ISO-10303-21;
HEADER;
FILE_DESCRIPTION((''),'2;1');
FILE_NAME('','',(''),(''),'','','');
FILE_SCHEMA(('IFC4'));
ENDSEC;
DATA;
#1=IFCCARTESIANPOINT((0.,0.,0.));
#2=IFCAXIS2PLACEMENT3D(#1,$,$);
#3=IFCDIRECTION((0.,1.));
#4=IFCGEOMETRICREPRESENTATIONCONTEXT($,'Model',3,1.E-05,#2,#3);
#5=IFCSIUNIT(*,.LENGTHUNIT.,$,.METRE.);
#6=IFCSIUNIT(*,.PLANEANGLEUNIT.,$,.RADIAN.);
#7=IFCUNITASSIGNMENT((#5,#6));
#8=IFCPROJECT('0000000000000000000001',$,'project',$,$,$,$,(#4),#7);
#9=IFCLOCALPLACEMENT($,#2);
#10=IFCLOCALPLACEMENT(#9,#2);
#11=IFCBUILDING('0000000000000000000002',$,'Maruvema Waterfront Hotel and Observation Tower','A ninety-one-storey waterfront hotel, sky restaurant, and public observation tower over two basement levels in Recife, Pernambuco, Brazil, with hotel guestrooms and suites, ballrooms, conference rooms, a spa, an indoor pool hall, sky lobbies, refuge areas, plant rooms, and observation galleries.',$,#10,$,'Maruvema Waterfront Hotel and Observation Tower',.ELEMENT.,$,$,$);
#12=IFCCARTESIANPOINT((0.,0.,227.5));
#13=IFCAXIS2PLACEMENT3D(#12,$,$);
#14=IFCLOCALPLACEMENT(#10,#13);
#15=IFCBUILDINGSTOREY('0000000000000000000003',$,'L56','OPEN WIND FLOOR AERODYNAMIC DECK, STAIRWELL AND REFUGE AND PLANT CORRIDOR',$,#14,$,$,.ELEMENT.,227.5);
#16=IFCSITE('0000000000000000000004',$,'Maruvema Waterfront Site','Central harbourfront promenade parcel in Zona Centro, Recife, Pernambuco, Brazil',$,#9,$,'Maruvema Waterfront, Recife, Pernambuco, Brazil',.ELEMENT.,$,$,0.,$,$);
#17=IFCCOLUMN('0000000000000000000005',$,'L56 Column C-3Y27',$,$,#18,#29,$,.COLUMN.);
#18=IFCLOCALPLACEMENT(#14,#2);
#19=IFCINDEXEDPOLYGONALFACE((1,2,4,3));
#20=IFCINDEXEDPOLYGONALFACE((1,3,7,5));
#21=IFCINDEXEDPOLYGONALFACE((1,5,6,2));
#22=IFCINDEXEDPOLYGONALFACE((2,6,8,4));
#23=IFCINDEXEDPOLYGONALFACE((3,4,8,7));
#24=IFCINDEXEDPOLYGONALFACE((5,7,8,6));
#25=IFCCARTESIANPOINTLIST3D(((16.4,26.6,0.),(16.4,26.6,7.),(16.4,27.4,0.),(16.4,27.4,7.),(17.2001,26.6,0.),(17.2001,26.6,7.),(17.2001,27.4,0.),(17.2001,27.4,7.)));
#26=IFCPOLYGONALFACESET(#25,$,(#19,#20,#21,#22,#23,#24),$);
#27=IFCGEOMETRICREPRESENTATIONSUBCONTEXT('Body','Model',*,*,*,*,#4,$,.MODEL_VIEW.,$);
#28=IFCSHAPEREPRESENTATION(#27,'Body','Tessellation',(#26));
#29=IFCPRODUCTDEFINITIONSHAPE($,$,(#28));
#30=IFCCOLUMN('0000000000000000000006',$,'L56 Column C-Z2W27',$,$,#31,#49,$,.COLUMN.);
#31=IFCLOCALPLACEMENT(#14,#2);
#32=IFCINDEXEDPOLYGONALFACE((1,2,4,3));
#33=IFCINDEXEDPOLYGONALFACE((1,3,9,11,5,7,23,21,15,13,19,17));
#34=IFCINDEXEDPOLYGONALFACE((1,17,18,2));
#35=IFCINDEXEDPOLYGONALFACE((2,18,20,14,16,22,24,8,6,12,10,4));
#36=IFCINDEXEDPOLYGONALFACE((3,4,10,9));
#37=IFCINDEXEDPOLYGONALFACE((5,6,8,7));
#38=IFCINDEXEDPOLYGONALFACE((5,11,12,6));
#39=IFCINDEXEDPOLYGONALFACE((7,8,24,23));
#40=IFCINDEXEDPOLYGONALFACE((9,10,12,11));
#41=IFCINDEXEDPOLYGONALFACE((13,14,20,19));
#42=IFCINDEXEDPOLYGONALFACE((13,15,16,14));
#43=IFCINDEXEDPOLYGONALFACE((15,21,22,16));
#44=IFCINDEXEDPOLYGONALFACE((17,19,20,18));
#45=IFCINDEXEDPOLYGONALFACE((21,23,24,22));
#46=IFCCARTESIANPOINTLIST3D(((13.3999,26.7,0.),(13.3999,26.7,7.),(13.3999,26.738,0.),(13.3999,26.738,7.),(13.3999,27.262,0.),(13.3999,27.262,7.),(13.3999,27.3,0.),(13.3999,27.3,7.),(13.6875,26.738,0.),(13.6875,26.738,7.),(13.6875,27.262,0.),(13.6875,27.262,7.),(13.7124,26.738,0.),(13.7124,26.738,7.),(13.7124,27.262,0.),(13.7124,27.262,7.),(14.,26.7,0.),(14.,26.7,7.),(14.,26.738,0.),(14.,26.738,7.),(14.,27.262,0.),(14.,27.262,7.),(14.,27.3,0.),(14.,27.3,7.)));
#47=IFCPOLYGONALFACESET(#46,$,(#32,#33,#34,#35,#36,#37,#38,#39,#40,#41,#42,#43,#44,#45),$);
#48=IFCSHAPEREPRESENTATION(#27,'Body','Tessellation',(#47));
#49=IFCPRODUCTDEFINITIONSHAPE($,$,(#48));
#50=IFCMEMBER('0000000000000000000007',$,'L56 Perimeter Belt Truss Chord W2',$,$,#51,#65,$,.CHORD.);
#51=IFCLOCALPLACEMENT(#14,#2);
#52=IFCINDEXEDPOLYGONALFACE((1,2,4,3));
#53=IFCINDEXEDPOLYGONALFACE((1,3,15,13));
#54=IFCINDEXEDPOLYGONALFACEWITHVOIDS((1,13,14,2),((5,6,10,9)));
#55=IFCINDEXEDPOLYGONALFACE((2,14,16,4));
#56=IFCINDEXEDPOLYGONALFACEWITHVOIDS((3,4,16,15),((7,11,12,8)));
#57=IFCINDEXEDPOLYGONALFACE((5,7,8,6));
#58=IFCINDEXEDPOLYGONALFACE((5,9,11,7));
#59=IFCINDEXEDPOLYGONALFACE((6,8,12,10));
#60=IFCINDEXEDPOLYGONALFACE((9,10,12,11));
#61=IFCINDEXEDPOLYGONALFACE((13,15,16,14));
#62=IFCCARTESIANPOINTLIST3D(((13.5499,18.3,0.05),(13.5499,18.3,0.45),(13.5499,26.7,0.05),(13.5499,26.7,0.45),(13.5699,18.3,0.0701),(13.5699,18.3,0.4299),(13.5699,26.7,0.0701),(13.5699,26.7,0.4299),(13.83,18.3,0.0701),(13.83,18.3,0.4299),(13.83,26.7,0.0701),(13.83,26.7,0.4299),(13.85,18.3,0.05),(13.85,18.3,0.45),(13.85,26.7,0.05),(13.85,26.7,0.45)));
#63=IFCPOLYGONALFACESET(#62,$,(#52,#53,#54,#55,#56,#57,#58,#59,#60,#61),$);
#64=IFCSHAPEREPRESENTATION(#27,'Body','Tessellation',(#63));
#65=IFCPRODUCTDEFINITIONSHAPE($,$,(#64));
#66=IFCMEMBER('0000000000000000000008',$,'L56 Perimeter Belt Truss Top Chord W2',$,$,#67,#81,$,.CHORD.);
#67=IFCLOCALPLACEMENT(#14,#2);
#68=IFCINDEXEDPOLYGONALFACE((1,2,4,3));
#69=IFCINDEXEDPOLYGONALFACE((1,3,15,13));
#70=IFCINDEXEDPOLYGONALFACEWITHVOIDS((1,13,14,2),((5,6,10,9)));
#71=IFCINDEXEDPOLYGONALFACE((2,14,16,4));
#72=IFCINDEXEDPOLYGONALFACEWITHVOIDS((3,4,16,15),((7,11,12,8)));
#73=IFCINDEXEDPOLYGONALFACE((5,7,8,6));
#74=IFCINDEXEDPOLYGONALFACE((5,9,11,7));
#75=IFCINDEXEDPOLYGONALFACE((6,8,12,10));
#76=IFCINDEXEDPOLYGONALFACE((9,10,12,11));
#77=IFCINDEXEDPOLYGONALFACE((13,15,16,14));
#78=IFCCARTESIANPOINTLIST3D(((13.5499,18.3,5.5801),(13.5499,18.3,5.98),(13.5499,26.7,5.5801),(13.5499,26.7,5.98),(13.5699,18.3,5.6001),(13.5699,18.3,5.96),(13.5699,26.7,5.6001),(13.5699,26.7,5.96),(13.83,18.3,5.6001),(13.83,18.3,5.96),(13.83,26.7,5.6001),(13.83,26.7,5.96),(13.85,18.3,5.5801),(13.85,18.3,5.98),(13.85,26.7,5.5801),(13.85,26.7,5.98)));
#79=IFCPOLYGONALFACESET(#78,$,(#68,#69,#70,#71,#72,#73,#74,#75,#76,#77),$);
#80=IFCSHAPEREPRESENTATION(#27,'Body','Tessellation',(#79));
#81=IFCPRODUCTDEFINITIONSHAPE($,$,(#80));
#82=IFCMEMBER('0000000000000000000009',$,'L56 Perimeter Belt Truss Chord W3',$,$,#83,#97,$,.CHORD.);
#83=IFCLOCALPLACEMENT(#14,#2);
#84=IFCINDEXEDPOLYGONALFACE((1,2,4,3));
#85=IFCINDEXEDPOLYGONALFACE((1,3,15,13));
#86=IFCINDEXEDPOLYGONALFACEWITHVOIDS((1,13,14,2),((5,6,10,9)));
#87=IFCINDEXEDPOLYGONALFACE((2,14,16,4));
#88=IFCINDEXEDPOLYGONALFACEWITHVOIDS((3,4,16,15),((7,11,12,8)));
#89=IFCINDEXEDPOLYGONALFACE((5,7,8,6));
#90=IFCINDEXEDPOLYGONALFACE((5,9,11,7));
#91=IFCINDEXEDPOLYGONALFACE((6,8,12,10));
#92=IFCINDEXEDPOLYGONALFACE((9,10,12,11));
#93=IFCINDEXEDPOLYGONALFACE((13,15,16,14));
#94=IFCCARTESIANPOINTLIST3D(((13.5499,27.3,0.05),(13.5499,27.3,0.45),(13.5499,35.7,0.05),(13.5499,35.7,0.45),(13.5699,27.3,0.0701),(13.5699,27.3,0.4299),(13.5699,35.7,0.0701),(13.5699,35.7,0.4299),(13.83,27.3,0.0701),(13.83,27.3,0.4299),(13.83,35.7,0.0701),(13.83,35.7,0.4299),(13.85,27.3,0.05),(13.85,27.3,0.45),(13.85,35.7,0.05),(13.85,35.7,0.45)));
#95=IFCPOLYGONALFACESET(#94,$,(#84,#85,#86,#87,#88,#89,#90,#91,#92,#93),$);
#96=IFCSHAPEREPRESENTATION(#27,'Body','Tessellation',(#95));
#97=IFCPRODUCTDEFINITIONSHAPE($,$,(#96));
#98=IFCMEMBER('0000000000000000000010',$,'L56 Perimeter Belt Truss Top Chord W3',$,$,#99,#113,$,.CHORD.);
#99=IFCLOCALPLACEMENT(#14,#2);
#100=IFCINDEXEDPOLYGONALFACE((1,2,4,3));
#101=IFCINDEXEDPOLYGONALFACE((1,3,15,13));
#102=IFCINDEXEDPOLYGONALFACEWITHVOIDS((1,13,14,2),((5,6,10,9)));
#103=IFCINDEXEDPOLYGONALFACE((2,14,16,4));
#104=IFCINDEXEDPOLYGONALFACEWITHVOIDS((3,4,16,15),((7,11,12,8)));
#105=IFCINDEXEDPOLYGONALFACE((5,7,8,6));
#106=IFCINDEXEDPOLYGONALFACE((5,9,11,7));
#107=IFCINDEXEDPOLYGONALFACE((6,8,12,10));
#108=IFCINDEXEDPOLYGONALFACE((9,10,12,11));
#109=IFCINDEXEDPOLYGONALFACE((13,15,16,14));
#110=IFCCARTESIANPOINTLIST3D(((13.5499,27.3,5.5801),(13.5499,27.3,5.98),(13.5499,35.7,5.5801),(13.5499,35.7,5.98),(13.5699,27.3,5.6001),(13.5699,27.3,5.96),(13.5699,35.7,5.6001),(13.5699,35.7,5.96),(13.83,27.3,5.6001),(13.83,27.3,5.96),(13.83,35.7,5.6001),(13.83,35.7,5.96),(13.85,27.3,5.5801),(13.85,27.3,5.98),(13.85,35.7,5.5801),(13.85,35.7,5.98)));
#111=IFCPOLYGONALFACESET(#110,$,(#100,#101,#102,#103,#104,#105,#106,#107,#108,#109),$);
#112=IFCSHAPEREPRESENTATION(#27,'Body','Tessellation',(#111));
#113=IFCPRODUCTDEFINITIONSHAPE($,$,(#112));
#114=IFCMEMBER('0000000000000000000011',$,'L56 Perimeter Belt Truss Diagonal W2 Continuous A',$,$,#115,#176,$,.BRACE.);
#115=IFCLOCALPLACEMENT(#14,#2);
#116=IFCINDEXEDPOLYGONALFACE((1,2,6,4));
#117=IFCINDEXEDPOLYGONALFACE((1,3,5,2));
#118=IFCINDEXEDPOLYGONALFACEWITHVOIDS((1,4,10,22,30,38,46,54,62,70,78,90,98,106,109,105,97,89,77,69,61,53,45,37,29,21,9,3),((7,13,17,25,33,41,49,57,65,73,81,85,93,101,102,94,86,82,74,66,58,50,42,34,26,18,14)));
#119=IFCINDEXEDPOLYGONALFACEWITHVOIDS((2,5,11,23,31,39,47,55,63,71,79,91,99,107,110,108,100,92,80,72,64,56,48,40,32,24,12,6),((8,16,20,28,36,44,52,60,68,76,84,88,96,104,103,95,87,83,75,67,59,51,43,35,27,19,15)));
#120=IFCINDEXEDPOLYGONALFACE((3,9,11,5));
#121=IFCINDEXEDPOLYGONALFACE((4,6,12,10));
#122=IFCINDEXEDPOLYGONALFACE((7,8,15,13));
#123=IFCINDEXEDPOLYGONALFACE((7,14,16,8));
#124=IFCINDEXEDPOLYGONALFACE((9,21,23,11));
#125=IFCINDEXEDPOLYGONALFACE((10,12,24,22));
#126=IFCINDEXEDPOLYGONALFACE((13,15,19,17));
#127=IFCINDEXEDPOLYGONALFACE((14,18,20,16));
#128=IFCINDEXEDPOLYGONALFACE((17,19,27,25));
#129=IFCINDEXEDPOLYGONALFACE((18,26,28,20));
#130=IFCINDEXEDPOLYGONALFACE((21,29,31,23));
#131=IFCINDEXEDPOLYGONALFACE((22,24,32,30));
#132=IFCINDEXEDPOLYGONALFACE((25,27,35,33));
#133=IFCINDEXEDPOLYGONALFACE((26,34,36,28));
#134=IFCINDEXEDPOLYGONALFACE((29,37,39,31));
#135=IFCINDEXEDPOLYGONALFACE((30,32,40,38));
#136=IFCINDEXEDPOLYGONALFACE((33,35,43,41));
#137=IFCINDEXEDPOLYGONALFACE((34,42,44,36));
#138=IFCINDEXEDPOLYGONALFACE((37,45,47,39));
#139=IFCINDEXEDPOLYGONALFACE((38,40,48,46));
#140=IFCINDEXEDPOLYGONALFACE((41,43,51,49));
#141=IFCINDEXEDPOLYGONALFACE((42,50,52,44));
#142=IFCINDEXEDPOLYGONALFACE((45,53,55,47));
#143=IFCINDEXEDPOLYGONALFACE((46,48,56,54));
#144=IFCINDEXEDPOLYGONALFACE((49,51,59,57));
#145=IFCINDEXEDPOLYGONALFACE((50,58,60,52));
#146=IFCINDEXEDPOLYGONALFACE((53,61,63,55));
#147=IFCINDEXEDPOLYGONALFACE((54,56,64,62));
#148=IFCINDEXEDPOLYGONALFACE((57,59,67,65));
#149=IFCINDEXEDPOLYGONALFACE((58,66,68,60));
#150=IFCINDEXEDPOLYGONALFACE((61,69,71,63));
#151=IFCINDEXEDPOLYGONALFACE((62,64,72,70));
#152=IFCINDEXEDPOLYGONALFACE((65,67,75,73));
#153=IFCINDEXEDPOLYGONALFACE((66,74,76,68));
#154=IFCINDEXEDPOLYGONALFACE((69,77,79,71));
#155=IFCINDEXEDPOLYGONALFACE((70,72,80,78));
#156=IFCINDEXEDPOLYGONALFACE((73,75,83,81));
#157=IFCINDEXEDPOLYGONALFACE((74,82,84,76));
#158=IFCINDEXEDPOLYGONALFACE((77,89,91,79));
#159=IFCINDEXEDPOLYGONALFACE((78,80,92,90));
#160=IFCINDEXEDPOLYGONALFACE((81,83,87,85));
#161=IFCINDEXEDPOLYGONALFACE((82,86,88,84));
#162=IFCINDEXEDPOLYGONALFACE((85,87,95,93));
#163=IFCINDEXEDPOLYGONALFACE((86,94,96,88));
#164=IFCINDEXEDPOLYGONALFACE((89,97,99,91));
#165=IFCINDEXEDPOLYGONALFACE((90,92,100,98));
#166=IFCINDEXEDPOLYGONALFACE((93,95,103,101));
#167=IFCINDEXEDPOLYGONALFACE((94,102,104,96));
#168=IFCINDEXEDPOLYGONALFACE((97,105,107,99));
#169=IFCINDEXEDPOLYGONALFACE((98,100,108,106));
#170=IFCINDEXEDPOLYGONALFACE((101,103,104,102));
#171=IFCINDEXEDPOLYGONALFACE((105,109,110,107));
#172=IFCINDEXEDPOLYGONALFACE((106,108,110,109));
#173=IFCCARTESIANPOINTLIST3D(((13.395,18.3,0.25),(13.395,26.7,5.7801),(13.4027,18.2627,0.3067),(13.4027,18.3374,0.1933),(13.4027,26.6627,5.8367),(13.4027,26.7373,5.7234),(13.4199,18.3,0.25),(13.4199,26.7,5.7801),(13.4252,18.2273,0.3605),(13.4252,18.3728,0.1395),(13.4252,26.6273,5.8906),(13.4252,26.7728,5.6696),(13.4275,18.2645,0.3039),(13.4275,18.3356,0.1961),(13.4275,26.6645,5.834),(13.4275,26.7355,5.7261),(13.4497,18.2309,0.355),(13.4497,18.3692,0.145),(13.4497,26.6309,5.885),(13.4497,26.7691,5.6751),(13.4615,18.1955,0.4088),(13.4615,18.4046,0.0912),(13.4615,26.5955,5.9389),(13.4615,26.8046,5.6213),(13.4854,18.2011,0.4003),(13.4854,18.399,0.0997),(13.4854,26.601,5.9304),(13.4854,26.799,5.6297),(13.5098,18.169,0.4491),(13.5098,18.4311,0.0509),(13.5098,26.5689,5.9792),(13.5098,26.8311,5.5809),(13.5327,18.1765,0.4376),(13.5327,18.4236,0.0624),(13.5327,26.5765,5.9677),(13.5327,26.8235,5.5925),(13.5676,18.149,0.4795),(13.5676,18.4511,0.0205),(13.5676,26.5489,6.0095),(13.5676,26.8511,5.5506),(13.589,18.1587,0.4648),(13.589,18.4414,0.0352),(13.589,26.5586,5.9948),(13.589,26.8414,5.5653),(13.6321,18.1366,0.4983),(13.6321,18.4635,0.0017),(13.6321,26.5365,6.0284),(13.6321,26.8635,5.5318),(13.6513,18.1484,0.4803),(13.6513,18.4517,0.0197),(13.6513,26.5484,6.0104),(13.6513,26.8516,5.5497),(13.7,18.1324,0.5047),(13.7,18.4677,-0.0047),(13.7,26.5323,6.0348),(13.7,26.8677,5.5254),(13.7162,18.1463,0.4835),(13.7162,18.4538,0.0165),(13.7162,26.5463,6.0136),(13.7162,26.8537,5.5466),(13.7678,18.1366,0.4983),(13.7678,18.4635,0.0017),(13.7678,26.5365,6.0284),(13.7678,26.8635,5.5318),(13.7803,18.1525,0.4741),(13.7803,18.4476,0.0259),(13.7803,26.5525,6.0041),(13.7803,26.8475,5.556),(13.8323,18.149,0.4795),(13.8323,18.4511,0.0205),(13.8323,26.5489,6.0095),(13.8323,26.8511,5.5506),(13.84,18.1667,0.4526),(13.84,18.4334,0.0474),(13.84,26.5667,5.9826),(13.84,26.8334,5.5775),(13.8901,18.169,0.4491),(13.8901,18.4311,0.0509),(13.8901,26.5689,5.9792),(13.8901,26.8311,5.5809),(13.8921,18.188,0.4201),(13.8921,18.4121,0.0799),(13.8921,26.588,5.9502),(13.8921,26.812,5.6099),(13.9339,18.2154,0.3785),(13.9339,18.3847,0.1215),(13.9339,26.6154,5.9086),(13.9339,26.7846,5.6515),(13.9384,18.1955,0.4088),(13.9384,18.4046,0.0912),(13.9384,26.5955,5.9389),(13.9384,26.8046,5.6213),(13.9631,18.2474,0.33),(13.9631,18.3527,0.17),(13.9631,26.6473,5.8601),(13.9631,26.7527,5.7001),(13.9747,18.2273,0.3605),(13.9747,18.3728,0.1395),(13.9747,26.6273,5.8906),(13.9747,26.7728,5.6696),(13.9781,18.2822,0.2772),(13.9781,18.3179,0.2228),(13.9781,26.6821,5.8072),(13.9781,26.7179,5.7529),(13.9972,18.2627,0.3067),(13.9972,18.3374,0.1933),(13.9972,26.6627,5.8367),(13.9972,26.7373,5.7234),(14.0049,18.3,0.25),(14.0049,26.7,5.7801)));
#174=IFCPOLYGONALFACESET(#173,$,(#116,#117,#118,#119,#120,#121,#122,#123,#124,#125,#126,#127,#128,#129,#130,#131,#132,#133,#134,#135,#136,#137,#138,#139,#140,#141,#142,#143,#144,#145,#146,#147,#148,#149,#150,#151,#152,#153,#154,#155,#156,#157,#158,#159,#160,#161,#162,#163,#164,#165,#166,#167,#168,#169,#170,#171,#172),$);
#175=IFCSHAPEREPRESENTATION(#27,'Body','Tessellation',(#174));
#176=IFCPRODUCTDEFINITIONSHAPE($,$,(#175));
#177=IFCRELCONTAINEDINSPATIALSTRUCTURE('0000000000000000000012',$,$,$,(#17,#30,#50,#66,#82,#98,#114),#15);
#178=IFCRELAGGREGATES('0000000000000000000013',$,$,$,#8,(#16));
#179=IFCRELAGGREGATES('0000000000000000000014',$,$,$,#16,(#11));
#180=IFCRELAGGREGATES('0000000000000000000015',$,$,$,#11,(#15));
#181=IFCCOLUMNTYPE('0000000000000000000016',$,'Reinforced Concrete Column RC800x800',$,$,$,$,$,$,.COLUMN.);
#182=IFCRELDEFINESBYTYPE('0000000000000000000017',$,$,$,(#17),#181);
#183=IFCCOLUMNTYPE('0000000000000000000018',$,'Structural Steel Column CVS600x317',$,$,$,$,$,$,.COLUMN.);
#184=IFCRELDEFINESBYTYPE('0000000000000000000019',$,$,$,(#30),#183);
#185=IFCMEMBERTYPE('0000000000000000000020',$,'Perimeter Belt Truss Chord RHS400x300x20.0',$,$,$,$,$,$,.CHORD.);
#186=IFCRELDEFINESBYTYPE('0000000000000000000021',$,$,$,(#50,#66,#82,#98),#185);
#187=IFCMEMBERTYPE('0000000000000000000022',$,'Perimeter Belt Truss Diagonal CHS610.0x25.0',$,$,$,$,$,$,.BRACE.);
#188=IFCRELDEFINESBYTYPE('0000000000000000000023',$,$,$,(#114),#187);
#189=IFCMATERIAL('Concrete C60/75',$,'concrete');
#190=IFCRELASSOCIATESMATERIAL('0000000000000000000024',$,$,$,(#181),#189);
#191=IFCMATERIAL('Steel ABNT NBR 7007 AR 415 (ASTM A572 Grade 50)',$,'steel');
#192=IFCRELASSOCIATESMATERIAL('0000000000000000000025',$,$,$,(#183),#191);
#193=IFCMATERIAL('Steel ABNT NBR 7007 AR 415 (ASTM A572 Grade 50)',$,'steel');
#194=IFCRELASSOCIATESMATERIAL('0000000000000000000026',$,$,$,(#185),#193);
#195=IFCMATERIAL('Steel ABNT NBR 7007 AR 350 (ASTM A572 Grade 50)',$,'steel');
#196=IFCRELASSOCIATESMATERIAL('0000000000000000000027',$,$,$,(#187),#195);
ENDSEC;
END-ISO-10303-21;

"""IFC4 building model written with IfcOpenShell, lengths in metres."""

from ifc_helpers import new_model, si_unit, direction, frame, origin, origin_2d, place, context, subcontext, project, spatial, rectangle, hollow_rectangle, hollow_circle, i_section, extrude, material, material_profile, profile_set, type_object, element, save


model = new_model("IFC4")

# Units and contexts
model_context = context("Model", 3, precision=1e-05, world=origin(), true_north=direction((0.0, 1.0)))
body_context = subcontext(model_context, "Body", "Model", "MODEL_VIEW")
ifc_project = project(units=[si_unit("LENGTHUNIT", "METRE"), si_unit("PLANEANGLEUNIT", "RADIAN")], contexts=[model_context])

# Site, building, storey
site_placement = place(None, origin())
site = spatial("IfcSite", under=ifc_project, at=site_placement, Name="Maruvema Waterfront Site", Description="Central harbourfront promenade parcel in Zona Centro, Recife, Pernambuco, Brazil", LongName="Maruvema Waterfront, Recife, Pernambuco, Brazil", CompositionType="ELEMENT", RefElevation=0.0)
building_placement = place(site_placement, origin())
building = spatial("IfcBuilding", under=site, at=building_placement, Name="Maruvema Waterfront Hotel and Observation Tower", Description="A ninety-one-storey waterfront hotel, sky restaurant, and public observation tower over two basement levels in Recife, Pernambuco, Brazil, with hotel guestrooms and suites, ballrooms, conference rooms, a spa, an indoor pool hall, sky lobbies, refuge areas, plant rooms, and observation galleries.", LongName="Maruvema Waterfront Hotel and Observation Tower", CompositionType="ELEMENT")
storey_placement = place(building_placement, frame((0.0, 0.0, 227.5)))
storey = spatial("IfcBuildingStorey", under=building, at=storey_placement, Name="L56", Description="OPEN WIND FLOOR AERODYNAMIC DECK, STAIRWELL AND REFUGE AND PLANT CORRIDOR", CompositionType="ELEMENT", Elevation=227.5)

# Columns
ifc_material_1 = material(Name="Concrete C60/75", Category="concrete")
ifc_material_profile_1 = material_profile(ifc_material_1, rectangle(XDim=0.8, YDim=0.8, at=origin_2d()), Name="RC800x800")
ifc_profile_set_1 = profile_set([ifc_material_profile_1], Name="Concrete C60/75")
column_type_1 = type_object("IfcColumnType", Name="Reinforced Concrete Column RC800x800", PredefinedType="COLUMN", material=ifc_profile_set_1)
column_1_placement = place(storey_placement, frame((16.8, 27.0, 0.0), z_axis=(0.0, 0.0, 1.0), x_axis=(1.0, 0.0, 0.0)))
element("IfcColumn", 1, at=column_1_placement, inside=storey, type_object=column_type_1, Name="L56 Column C-3Y27", PredefinedType="COLUMN", context=body_context, shape_type="SweptSolid", body=[
    extrude(rectangle(XDim=0.8, YDim=0.8, at=origin_2d()), origin(), (0.0, 0.0, 1.0), 7.0),
])
ifc_material_2 = material(Name="Steel ABNT NBR 7007 AR 415 (ASTM A572 Grade 50)", Category="steel")
ifc_material_profile_2 = material_profile(ifc_material_2, i_section(OverallWidth=0.6001, OverallDepth=0.6001, WebThickness=0.0249, FlangeThickness=0.0381, at=origin_2d()), Name="CVS600x317")
ifc_profile_set_2 = profile_set([ifc_material_profile_2], Name="Steel ABNT NBR 7007 AR 415 (ASTM A572 Grade 50)")
column_type_2 = type_object("IfcColumnType", Name="Structural Steel Column CVS600x317", PredefinedType="COLUMN", material=ifc_profile_set_2)
column_2_placement = place(storey_placement, frame((13.7, 27.0, 0.0), z_axis=(0.0, 0.0, 1.0), x_axis=(1.0, 0.0, 0.0)))
element("IfcColumn", 2, at=column_2_placement, inside=storey, type_object=column_type_2, Name="L56 Column C-Z2W27", PredefinedType="COLUMN", context=body_context, shape_type="SweptSolid", body=[
    extrude(i_section(OverallWidth=0.6001, OverallDepth=0.6001, WebThickness=0.0249, FlangeThickness=0.0381, at=origin_2d()), origin(), (0.0, 0.0, 1.0), 7.0),
])

# Members
ifc_material_3 = material(Name="Steel ABNT NBR 7007 AR 415 (ASTM A572 Grade 50)", Category="steel")
ifc_material_profile_3 = material_profile(ifc_material_3, hollow_rectangle(XDim=0.3, YDim=0.3999, WallThickness=0.02, at=origin_2d()), Name="RHS400x300x20.0")
ifc_profile_set_3 = profile_set([ifc_material_profile_3], Name="Steel ABNT NBR 7007 AR 415 (ASTM A572 Grade 50)")
member_type_1 = type_object("IfcMemberType", Name="Perimeter Belt Truss Chord RHS400x300x20.0", PredefinedType="CHORD", material=ifc_profile_set_3)
for number, where, z_axis, x_axis, name in (
    (3, (13.7, 18.3, 0.25), (0.0, 1.0, 0.0), (-1.0, 0.0, 0.0), "L56 Perimeter Belt Truss Chord W2"),
    (4, (13.7, 18.3, 5.78), (0.0, 1.0, 0.0), (-1.0, 0.0, 0.0), "L56 Perimeter Belt Truss Top Chord W2"),
    (5, (13.7, 27.3, 0.25), (0.0, 1.0, 0.0), (-1.0, 0.0, 0.0), "L56 Perimeter Belt Truss Chord W3"),
    (6, (13.7, 27.3, 5.78), (0.0, 1.0, 0.0), (-1.0, 0.0, 0.0), "L56 Perimeter Belt Truss Top Chord W3"),
):
    element("IfcMember", number, at=place(storey_placement, frame(where, z_axis=z_axis, x_axis=x_axis)), inside=storey, type_object=member_type_1, Name=name, PredefinedType="CHORD", context=body_context, shape_type="SweptSolid", body=[
        extrude(hollow_rectangle(XDim=0.3, YDim=0.3999, WallThickness=0.02, at=origin_2d()), origin(), (0.0, 0.0, 1.0), 8.3999),
    ])
ifc_material_4 = material(Name="Steel ABNT NBR 7007 AR 350 (ASTM A572 Grade 50)", Category="steel")
ifc_material_profile_4 = material_profile(ifc_material_4, hollow_circle(Radius=0.3049, WallThickness=0.0249, at=origin_2d()), Name="CHS610.0x25.0")
ifc_profile_set_4 = profile_set([ifc_material_profile_4], Name="Steel ABNT NBR 7007 AR 350 (ASTM A572 Grade 50)")
member_type_2 = type_object("IfcMemberType", Name="Perimeter Belt Truss Diagonal CHS610.0x25.0", PredefinedType="BRACE", material=ifc_profile_set_4)
member_1_placement = place(storey_placement, frame((13.7, 18.3, 0.25), z_axis=(0.0, 0.835245, 0.549879), x_axis=(-1.0, 0.0, 0.0)))
element("IfcMember", 7, at=member_1_placement, inside=storey, type_object=member_type_2, Name="L56 Perimeter Belt Truss Diagonal W2 Continuous A", PredefinedType="BRACE", context=body_context, shape_type="SweptSolid", body=[
    extrude(hollow_circle(Radius=0.3049, WallThickness=0.0249, at=origin_2d()), origin(), (0.0, 0.0, 1.0), 10.0569),
])

save(model, "model.ifc")
